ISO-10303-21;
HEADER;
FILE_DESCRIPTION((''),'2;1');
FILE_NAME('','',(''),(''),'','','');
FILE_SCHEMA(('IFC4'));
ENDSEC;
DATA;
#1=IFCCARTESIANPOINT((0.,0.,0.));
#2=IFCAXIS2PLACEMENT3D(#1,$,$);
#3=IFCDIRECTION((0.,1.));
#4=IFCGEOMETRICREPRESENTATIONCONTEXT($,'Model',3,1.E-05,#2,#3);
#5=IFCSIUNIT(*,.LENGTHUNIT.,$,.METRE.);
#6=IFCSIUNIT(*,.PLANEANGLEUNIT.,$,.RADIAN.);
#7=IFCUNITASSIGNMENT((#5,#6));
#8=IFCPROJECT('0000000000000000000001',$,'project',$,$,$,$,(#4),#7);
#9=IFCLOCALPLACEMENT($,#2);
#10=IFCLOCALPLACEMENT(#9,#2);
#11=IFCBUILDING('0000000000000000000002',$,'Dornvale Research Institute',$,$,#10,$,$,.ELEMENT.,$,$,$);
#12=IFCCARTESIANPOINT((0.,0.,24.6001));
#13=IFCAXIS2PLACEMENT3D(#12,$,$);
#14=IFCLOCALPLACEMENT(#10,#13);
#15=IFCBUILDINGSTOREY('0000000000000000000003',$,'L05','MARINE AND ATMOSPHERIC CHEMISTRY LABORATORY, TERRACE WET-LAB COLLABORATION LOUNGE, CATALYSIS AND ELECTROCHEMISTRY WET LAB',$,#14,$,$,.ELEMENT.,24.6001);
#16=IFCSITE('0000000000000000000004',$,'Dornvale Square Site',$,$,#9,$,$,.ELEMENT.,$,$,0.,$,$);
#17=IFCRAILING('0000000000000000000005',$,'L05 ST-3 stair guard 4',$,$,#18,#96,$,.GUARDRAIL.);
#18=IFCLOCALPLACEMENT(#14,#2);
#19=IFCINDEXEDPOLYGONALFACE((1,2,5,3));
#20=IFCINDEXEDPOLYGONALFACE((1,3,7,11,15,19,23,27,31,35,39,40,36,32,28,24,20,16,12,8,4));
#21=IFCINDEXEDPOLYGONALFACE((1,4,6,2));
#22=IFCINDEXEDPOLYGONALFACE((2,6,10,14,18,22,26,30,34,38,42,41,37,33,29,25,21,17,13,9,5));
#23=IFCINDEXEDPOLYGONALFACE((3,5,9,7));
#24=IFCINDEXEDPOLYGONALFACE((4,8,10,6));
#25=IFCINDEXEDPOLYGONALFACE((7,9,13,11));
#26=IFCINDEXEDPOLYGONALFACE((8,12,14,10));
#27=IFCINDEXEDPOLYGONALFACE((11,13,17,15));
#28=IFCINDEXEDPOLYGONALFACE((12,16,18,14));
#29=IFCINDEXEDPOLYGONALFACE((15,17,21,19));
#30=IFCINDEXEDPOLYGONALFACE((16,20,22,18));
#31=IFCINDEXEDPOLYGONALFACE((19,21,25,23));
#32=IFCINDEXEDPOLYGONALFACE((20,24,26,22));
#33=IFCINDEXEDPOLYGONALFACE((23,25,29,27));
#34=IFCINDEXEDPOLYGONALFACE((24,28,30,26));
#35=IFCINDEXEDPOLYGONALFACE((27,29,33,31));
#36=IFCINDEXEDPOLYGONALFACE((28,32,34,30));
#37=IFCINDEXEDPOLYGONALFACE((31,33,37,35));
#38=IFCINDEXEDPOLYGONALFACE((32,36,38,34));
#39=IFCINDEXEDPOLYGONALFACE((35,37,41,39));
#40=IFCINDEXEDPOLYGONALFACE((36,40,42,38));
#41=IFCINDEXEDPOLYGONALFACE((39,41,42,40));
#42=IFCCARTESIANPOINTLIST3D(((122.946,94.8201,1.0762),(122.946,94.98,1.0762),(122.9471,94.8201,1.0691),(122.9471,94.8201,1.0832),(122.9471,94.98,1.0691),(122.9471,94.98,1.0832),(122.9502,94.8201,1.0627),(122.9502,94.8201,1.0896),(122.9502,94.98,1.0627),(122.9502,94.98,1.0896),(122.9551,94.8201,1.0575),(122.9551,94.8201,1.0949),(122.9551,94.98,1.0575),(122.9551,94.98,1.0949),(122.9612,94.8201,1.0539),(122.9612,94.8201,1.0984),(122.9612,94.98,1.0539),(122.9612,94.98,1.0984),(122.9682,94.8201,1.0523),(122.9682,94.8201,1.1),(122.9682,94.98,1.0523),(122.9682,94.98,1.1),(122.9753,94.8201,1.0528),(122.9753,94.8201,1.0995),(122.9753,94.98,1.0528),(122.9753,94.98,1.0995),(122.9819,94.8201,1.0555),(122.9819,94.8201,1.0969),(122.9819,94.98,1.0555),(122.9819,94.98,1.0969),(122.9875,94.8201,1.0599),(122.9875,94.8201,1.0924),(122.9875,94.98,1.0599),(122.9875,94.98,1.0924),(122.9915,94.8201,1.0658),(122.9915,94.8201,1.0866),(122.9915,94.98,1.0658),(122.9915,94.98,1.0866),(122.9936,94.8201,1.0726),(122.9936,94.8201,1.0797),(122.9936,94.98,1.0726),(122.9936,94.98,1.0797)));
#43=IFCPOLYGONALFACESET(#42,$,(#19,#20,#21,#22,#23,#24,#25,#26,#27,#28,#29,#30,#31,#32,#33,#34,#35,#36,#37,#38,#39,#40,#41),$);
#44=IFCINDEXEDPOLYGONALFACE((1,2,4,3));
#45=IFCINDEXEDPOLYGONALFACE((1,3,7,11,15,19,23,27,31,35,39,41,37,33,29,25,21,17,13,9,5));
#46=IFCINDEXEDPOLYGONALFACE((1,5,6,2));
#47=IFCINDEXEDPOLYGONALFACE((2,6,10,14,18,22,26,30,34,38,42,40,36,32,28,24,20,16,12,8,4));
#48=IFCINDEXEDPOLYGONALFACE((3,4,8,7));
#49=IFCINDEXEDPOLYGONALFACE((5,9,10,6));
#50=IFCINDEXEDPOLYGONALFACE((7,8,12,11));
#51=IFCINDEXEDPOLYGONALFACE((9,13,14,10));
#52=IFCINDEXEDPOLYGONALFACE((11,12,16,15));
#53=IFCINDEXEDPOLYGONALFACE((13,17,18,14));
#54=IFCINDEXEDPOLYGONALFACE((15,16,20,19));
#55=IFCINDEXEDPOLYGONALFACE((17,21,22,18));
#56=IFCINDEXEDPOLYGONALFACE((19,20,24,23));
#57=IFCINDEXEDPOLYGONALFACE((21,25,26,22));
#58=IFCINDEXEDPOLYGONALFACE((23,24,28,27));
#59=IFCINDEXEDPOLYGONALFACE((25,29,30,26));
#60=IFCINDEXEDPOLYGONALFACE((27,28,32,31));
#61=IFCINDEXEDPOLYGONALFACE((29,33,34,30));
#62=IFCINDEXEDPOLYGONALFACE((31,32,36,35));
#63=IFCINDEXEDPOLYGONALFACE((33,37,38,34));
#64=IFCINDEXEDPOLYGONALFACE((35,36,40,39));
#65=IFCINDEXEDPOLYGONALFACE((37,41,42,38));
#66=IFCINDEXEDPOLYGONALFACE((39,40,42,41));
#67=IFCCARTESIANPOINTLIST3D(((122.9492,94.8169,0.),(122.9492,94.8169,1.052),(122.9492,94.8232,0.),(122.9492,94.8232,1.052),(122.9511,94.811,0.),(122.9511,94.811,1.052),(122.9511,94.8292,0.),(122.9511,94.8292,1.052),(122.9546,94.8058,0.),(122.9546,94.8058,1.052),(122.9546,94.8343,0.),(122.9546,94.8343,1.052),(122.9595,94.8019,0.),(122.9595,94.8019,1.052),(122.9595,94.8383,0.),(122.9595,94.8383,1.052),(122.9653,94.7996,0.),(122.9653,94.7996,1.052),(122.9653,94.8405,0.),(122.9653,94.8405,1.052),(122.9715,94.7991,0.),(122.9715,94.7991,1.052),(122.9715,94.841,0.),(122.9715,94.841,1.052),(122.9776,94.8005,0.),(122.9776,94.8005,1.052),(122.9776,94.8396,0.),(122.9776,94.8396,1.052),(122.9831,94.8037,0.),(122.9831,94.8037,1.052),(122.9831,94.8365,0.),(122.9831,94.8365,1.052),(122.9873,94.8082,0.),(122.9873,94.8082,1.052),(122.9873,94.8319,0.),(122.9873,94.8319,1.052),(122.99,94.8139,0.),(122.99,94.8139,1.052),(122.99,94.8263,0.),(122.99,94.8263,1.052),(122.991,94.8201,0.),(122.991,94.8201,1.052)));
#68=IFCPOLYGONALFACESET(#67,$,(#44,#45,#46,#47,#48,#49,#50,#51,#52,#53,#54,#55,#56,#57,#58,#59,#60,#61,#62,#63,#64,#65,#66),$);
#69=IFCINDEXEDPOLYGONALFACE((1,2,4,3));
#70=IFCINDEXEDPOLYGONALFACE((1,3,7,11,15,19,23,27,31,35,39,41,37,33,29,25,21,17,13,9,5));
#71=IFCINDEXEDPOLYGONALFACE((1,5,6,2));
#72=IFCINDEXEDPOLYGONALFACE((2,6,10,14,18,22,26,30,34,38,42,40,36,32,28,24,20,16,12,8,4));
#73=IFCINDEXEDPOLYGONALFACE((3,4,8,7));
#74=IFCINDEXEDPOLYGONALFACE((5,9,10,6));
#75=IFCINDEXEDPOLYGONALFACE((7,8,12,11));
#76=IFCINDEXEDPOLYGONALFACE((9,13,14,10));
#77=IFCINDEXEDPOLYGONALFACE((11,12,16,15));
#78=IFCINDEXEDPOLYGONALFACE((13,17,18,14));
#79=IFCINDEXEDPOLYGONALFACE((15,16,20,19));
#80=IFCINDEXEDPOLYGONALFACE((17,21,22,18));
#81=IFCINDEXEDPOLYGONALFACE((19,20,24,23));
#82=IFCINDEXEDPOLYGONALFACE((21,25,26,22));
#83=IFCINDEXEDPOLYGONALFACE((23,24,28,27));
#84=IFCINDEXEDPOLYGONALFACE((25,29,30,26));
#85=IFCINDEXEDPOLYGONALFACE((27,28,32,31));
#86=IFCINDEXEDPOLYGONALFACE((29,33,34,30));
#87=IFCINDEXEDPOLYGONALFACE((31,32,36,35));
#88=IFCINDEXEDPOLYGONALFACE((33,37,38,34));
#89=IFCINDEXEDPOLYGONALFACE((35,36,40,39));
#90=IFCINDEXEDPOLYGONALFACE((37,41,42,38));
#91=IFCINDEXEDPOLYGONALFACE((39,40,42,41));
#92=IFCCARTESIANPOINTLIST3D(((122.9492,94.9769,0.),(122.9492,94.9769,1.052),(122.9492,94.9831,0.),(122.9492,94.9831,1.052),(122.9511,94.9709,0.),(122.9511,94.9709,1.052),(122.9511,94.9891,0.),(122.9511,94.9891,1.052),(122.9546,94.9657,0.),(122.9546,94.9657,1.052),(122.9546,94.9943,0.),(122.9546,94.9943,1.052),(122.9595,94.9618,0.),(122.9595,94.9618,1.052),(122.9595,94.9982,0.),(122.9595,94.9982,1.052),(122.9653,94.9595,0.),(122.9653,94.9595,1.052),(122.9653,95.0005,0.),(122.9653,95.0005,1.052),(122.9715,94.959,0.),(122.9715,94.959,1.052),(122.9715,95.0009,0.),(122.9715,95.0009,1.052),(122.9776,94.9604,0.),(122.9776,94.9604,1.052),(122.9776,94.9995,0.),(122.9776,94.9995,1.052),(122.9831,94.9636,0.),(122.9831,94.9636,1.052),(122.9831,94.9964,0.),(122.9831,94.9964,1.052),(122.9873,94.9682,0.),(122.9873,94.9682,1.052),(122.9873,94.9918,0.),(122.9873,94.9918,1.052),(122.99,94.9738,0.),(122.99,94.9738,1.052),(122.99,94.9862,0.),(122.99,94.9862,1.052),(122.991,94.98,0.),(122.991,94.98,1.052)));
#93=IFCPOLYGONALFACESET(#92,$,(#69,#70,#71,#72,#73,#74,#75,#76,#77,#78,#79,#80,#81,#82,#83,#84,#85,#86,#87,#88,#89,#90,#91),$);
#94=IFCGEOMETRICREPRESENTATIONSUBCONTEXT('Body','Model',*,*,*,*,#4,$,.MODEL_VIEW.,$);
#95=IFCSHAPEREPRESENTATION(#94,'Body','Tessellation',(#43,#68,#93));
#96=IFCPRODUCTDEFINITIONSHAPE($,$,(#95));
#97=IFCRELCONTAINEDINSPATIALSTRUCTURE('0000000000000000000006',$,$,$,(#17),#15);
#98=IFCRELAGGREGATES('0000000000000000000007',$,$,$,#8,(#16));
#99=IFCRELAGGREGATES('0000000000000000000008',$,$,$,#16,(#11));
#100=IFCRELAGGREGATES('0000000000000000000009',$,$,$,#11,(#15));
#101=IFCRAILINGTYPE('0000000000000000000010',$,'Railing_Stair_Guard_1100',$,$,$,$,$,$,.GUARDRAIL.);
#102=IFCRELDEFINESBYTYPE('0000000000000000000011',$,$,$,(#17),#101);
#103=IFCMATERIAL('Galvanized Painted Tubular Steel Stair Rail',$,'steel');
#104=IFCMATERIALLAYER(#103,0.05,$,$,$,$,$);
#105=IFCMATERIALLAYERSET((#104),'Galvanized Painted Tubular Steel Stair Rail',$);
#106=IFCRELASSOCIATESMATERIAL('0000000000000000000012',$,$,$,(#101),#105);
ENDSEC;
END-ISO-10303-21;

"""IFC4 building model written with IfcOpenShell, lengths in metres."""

from ifc_helpers import new_model, si_unit, direction, frame, origin, origin_2d, place, context, subcontext, project, spatial, circle, extrude, material, layer, layer_set, type_object, element, save


model = new_model("IFC4")

# Units and contexts
model_context = context("Model", 3, precision=1e-05, world=origin(), true_north=direction((0.0, 1.0)))
body_context = subcontext(model_context, "Body", "Model", "MODEL_VIEW")
ifc_project = project(units=[si_unit("LENGTHUNIT", "METRE"), si_unit("PLANEANGLEUNIT", "RADIAN")], contexts=[model_context])

# Site, building, storey
site_placement = place(None, origin())
site = spatial("IfcSite", under=ifc_project, at=site_placement, Name="Dornvale Square Site", CompositionType="ELEMENT", RefElevation=0.0)
building_placement = place(site_placement, origin())
building = spatial("IfcBuilding", under=site, at=building_placement, Name="Dornvale Research Institute", CompositionType="ELEMENT")
storey_placement = place(building_placement, frame((0.0, 0.0, 24.6001)))
storey = spatial("IfcBuildingStorey", under=building, at=storey_placement, Name="L05", Description="MARINE AND ATMOSPHERIC CHEMISTRY LABORATORY, TERRACE WET-LAB COLLABORATION LOUNGE, CATALYSIS AND ELECTROCHEMISTRY WET LAB", CompositionType="ELEMENT", Elevation=24.6001)

# Railing
ifc_material_1 = material(Name="Galvanized Painted Tubular Steel Stair Rail", Category="steel")
ifc_layer_1 = layer(ifc_material_1, 0.05)
ifc_layer_set_1 = layer_set([ifc_layer_1], Name="Galvanized Painted Tubular Steel Stair Rail")
railing_type_1 = type_object("IfcRailingType", Name="Railing_Stair_Guard_1100", PredefinedType="GUARDRAIL", material=ifc_layer_set_1)
railing_1_placement = place(storey_placement, frame((122.97, 94.8201, 0.0)))
element("IfcRailing", 1, at=railing_1_placement, inside=storey, type_object=railing_type_1, Name="L05 ST-3 stair guard 4", PredefinedType="GUARDRAIL", context=body_context, shape_type="SweptSolid", body=[
    extrude(circle(Radius=0.0239, at=origin_2d()), frame((0.0, 0.0, 1.0762), z_axis=(0.0, 1.0, 0.0), x_axis=(-1.0, 0.0, 0.0)), (0.0, 0.0, 1.0), 0.1599),
    extrude(circle(Radius=0.021, at=origin_2d()), origin(), (0.0, 0.0, 1.0), 1.052),
    extrude(circle(Radius=0.021, at=origin_2d()), frame((0.0, 0.1599, 0.0)), (0.0, 0.0, 1.0), 1.052),
])

save(model, "model.ifc")
